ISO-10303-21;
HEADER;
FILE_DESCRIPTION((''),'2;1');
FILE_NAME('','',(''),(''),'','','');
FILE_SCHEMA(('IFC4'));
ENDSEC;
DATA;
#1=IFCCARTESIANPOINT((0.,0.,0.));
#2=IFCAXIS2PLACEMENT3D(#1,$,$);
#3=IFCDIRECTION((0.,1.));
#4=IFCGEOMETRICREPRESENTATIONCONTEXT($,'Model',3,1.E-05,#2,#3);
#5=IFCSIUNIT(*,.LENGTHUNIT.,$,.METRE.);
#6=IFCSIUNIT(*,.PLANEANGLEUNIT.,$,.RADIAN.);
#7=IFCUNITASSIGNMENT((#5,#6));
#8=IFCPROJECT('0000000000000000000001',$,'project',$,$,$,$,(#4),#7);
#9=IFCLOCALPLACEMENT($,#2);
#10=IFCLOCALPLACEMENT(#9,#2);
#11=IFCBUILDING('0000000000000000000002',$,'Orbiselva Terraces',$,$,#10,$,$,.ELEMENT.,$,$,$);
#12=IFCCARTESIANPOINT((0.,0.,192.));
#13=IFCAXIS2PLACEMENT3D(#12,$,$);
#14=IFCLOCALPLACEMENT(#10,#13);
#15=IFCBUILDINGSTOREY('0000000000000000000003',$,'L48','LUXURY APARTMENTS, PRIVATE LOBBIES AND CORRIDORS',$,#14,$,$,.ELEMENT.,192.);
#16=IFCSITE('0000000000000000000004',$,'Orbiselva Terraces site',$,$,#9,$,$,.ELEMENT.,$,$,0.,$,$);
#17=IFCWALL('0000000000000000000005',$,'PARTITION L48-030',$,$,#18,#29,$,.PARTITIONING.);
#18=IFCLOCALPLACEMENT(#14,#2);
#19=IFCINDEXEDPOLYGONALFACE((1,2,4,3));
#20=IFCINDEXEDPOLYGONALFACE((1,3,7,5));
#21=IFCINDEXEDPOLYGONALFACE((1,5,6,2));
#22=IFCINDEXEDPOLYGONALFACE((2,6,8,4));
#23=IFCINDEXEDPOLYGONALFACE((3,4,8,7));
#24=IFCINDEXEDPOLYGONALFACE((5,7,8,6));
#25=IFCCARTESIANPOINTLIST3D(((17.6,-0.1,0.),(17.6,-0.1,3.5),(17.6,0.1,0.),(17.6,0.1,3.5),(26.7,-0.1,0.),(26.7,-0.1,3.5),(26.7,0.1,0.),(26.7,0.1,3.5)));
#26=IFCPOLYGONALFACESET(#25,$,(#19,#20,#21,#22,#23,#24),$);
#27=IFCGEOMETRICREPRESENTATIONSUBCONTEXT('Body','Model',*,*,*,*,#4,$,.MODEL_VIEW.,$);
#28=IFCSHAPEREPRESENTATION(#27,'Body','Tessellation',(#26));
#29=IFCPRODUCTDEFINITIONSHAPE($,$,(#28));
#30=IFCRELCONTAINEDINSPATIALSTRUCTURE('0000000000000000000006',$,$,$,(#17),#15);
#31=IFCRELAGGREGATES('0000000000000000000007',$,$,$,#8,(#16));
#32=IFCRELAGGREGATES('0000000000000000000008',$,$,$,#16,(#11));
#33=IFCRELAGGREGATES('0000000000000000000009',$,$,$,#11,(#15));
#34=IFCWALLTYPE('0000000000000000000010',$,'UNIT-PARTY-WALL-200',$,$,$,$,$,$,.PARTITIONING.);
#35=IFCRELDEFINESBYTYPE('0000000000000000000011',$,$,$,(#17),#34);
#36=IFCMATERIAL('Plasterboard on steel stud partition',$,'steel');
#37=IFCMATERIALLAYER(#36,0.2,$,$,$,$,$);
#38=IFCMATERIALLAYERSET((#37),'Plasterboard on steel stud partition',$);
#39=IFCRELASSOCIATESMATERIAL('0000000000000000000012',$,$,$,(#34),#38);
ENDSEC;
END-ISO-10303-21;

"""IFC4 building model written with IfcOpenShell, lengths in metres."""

from ifc_helpers import new_model, si_unit, direction, frame, frame_2d, origin, place, context, subcontext, project, spatial, rectangle, extrude, material, layer, layer_set, type_object, element, save


model = new_model("IFC4")

# Units and contexts
model_context = context("Model", 3, precision=1e-05, world=origin(), true_north=direction((0.0, 1.0)))
body_context = subcontext(model_context, "Body", "Model", "MODEL_VIEW")
ifc_project = project(units=[si_unit("LENGTHUNIT", "METRE"), si_unit("PLANEANGLEUNIT", "RADIAN")], contexts=[model_context])

# Site, building, storey
site_placement = place(None, origin())
site = spatial("IfcSite", under=ifc_project, at=site_placement, Name="Orbiselva Terraces site", CompositionType="ELEMENT", RefElevation=0.0)
building_placement = place(site_placement, origin())
building = spatial("IfcBuilding", under=site, at=building_placement, Name="Orbiselva Terraces", CompositionType="ELEMENT")
storey_placement = place(building_placement, frame((0.0, 0.0, 192.0)))
storey = spatial("IfcBuildingStorey", under=building, at=storey_placement, Name="L48", Description="LUXURY APARTMENTS, PRIVATE LOBBIES AND CORRIDORS", CompositionType="ELEMENT", Elevation=192.0)

# Shared definitions
ifc_material_1 = material(Name="Plasterboard on steel stud partition", Category="steel")

# Wall
ifc_layer_1 = layer(ifc_material_1, 0.2)
ifc_layer_set_1 = layer_set([ifc_layer_1], Name="Plasterboard on steel stud partition")
wall_type_1 = type_object("IfcWallType", Name="UNIT-PARTY-WALL-200", PredefinedType="PARTITIONING", material=ifc_layer_set_1)
wall_1_placement = place(storey_placement, frame((17.6, 0.0, 0.0), z_axis=(0.0, 0.0, 1.0), x_axis=(1.0, 0.0, 0.0)))
element("IfcWall", 1, at=wall_1_placement, inside=storey, type_object=wall_type_1, Name="PARTITION L48-030", PredefinedType="PARTITIONING", context=body_context, shape_type="SweptSolid", body=[
    extrude(rectangle(XDim=9.1, YDim=0.2, at=frame_2d((4.55, 0.0))), origin(), (0.0, 0.0, 1.0), 3.5),
])

save(model, "model.ifc")
